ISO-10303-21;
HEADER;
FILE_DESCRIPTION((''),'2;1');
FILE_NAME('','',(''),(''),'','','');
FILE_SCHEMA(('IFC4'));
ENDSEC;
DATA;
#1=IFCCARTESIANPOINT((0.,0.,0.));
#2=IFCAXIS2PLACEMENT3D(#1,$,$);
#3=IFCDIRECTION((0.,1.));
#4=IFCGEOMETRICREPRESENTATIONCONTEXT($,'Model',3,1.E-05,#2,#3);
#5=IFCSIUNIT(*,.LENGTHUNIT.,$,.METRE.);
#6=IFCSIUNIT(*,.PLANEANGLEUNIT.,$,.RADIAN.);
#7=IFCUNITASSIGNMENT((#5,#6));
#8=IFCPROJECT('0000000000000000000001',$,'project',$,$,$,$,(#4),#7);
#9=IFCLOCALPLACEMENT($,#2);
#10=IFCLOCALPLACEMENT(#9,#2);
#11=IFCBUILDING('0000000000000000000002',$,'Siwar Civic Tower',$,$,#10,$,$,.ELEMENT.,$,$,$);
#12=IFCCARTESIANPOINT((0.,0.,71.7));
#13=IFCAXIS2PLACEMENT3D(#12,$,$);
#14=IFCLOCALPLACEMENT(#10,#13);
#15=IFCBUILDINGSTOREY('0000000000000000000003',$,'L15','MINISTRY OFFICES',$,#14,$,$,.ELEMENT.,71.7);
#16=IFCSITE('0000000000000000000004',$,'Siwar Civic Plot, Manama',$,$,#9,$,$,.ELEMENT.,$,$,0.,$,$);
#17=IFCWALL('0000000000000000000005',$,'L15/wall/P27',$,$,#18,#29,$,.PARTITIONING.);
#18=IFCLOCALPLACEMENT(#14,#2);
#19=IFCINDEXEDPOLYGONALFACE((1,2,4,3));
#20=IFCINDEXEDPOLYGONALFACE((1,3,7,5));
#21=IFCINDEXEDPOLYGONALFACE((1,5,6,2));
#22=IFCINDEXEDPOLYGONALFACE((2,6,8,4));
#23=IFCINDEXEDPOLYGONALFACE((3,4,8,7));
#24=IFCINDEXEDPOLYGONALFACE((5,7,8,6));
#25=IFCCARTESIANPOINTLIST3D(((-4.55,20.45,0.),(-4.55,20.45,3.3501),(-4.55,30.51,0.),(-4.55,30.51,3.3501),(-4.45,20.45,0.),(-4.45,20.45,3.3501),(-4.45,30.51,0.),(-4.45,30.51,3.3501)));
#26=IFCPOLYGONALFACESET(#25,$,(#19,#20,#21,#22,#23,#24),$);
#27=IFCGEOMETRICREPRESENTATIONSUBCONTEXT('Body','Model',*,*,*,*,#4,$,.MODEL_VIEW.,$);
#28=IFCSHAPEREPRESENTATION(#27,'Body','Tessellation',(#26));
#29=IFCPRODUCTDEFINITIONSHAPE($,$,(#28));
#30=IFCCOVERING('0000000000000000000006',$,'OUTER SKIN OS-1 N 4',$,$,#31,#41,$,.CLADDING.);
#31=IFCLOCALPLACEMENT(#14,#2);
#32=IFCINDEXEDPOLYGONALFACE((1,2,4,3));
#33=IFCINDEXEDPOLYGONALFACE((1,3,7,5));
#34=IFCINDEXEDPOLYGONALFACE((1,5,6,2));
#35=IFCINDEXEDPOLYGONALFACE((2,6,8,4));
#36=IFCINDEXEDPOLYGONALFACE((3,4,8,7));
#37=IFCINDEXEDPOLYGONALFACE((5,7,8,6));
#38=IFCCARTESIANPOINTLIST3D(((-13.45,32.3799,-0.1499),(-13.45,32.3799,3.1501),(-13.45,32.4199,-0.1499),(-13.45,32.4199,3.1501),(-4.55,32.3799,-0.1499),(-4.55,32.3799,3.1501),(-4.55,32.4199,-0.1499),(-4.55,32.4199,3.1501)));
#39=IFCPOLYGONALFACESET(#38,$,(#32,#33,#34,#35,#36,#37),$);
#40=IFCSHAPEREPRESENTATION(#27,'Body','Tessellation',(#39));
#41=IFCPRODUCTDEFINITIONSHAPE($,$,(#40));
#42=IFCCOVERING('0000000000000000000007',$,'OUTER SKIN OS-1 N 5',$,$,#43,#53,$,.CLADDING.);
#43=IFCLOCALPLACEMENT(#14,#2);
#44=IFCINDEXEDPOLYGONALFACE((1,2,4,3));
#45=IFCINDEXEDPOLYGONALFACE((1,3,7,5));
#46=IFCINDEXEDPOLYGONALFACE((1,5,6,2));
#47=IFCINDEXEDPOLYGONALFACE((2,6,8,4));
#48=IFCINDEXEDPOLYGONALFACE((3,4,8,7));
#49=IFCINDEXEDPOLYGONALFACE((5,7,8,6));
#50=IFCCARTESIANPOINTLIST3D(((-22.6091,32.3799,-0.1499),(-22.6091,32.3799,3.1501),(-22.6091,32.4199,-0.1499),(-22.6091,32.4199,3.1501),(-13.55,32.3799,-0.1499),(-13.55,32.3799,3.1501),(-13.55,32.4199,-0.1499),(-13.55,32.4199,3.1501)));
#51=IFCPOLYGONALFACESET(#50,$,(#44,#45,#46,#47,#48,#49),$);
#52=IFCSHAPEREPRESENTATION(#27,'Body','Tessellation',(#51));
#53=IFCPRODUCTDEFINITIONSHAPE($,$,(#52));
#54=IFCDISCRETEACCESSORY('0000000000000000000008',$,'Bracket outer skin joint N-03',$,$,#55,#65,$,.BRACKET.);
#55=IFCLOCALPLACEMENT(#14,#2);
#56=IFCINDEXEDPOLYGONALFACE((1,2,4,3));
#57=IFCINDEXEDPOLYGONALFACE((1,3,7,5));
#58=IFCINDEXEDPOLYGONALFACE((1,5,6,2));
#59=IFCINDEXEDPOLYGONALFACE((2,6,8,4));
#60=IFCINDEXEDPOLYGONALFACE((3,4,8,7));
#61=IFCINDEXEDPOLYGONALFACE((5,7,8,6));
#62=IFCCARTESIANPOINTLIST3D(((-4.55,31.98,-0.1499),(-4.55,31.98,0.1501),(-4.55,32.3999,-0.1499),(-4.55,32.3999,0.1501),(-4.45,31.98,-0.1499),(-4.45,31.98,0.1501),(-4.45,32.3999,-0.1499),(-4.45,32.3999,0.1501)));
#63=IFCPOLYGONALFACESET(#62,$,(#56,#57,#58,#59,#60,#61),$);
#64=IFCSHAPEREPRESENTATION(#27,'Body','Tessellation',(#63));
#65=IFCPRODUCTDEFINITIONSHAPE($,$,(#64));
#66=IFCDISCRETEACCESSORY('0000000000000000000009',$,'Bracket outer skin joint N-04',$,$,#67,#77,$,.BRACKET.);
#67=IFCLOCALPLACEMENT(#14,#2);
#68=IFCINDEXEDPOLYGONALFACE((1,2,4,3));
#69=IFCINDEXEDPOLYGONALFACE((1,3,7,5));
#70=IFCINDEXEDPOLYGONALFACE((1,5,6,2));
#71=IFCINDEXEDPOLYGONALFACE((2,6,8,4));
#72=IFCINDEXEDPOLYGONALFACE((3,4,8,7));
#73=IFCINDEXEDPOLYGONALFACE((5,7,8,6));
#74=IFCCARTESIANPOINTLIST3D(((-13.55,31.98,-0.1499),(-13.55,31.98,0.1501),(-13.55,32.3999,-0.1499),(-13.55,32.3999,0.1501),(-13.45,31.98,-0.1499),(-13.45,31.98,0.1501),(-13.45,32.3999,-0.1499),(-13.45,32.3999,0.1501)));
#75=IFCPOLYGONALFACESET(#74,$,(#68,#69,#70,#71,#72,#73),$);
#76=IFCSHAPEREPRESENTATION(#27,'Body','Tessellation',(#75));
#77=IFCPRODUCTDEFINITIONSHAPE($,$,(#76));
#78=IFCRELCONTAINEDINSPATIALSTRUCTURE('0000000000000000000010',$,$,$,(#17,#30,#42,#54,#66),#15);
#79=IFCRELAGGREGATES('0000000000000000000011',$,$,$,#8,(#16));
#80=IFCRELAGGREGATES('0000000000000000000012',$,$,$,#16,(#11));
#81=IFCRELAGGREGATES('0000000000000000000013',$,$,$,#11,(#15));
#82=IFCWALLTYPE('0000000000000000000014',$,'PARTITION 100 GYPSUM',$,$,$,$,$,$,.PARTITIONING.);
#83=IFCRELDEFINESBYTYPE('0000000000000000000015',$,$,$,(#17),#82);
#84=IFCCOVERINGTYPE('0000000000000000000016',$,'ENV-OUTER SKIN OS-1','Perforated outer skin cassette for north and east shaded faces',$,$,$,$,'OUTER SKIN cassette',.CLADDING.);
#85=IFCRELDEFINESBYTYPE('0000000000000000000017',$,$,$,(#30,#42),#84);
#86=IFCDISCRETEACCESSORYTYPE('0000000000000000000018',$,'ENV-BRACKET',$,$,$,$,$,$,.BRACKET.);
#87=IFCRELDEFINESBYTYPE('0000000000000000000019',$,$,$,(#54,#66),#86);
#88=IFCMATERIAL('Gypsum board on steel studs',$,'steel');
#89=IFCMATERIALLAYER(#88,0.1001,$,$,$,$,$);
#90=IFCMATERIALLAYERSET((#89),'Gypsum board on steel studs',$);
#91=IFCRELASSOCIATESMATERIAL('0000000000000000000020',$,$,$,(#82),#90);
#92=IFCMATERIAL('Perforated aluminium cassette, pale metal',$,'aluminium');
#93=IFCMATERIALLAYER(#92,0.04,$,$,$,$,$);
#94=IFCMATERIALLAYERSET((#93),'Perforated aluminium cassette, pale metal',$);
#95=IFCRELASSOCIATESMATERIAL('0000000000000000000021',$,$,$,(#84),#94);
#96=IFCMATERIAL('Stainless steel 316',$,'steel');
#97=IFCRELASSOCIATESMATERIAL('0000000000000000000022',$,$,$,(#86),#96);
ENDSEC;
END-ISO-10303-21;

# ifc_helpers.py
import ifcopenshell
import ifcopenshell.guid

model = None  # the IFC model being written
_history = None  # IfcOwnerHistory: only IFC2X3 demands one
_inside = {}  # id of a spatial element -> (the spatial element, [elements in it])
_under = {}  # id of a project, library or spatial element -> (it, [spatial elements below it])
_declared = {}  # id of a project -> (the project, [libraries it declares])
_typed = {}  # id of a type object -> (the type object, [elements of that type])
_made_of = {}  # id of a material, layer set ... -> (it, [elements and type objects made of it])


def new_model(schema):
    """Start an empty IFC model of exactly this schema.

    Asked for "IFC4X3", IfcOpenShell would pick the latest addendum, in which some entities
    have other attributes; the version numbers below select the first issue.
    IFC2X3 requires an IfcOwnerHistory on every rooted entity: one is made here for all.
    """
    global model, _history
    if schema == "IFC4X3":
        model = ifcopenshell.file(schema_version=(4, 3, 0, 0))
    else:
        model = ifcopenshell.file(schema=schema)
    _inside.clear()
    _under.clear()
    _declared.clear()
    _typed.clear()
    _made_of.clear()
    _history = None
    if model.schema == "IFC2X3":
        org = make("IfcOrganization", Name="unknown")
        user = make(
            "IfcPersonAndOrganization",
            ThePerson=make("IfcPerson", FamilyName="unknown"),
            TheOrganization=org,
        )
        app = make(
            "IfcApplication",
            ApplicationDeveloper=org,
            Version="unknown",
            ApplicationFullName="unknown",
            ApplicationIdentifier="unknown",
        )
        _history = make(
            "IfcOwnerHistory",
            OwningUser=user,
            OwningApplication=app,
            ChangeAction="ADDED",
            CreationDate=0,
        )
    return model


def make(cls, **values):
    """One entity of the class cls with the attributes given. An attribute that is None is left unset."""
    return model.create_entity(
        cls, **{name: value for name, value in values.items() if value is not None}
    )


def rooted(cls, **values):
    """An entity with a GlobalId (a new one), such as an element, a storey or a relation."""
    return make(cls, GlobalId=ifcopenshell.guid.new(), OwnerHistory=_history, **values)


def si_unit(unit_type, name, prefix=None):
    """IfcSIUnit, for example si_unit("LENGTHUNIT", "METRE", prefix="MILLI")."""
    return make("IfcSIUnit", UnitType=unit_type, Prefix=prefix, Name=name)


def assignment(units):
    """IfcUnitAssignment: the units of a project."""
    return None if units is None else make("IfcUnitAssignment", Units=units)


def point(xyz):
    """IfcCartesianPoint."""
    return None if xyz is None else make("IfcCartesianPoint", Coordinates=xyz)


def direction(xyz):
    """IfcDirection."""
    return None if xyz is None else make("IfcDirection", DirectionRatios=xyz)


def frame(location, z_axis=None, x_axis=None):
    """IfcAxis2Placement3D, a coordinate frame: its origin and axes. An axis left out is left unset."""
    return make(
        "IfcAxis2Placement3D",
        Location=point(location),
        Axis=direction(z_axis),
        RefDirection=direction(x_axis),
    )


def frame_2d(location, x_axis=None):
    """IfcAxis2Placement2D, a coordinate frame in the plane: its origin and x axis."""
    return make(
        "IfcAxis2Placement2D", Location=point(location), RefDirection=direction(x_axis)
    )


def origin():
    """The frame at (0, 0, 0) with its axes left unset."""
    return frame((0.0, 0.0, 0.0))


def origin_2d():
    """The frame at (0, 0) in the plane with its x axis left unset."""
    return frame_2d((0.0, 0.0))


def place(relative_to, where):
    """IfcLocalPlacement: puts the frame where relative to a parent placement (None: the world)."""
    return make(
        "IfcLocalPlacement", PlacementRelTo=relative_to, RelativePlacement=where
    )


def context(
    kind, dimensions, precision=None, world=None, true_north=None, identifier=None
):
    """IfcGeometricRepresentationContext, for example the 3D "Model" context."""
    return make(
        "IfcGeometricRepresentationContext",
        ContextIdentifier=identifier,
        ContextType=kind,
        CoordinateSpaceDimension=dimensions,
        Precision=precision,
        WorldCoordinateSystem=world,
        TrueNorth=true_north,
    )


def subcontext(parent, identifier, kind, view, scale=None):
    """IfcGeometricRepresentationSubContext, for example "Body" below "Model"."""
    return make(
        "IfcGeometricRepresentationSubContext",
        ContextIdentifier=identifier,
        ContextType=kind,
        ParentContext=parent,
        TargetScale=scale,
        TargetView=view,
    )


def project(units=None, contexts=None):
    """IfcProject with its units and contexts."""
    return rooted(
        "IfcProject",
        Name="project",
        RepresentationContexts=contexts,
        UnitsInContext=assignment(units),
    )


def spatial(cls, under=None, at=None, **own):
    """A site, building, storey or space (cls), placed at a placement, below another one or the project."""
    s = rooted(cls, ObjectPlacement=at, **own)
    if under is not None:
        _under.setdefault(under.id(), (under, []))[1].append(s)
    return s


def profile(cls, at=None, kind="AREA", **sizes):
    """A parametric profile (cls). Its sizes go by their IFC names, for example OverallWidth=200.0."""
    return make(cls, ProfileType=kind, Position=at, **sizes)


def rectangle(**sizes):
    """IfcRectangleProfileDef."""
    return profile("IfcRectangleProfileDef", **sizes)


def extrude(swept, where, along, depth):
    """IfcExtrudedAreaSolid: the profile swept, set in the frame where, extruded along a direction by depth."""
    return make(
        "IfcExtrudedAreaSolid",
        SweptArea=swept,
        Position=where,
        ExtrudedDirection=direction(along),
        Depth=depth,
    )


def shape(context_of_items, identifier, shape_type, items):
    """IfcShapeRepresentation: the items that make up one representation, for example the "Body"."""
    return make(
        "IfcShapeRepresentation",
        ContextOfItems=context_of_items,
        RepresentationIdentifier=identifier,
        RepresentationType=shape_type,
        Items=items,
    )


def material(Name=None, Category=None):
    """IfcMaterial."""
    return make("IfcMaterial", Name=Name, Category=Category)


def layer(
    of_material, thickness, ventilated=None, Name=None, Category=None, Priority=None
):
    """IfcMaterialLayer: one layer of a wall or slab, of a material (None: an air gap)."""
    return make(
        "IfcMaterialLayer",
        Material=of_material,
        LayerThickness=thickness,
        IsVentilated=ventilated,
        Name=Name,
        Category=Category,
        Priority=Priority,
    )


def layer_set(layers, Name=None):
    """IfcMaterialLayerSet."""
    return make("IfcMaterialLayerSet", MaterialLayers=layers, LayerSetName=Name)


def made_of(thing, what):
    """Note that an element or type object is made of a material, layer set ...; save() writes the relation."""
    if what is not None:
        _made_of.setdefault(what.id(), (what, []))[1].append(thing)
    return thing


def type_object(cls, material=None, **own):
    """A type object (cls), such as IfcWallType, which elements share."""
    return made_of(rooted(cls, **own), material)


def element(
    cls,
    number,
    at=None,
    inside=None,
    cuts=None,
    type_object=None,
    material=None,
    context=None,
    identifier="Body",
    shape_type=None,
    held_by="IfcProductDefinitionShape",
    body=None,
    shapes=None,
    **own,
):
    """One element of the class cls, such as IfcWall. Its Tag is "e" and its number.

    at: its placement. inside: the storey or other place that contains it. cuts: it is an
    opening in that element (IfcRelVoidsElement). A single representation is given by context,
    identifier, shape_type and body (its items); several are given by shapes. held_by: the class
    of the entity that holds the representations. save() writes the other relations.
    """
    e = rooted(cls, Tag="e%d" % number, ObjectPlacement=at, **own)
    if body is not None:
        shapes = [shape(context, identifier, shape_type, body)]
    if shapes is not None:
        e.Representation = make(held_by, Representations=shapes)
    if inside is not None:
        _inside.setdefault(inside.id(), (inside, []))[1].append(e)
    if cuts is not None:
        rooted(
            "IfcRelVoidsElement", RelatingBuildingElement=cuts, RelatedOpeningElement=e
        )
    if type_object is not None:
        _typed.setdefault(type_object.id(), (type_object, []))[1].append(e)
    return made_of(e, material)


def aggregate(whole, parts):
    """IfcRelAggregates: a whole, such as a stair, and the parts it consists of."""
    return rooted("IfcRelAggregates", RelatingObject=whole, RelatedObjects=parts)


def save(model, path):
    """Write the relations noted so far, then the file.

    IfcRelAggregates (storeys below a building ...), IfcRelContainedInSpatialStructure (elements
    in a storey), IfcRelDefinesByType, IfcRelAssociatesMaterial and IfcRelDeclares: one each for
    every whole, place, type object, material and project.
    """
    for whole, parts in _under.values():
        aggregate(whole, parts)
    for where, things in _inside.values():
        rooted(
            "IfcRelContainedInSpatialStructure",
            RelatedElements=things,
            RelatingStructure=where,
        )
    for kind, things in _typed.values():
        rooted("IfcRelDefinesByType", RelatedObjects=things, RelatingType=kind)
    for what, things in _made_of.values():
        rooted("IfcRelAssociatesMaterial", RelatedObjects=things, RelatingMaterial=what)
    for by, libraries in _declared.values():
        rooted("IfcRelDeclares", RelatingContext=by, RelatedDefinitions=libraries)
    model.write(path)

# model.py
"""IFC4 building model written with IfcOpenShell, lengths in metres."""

from ifc_helpers import new_model, si_unit, direction, frame, frame_2d, origin, origin_2d, place, context, subcontext, project, spatial, rectangle, extrude, material, layer, layer_set, type_object, element, save


model = new_model("IFC4")

# Units and contexts
model_context = context("Model", 3, precision=1e-05, world=origin(), true_north=direction((0.0, 1.0)))
body_context = subcontext(model_context, "Body", "Model", "MODEL_VIEW")
ifc_project = project(units=[si_unit("LENGTHUNIT", "METRE"), si_unit("PLANEANGLEUNIT", "RADIAN")], contexts=[model_context])

# Site, building, storey
site_placement = place(None, origin())
site = spatial("IfcSite", under=ifc_project, at=site_placement, Name="Siwar Civic Plot, Manama", CompositionType="ELEMENT", RefElevation=0.0)
building_placement = place(site_placement, origin())
building = spatial("IfcBuilding", under=site, at=building_placement, Name="Siwar Civic Tower", CompositionType="ELEMENT")
storey_placement = place(building_placement, frame((0.0, 0.0, 71.7)))
storey = spatial("IfcBuildingStorey", under=building, at=storey_placement, Name="L15", Description="MINISTRY OFFICES", CompositionType="ELEMENT", Elevation=71.7)

# Wall
ifc_material_1 = material(Name="Gypsum board on steel studs", Category="steel")
ifc_layer_1 = layer(ifc_material_1, 0.1001)
ifc_layer_set_1 = layer_set([ifc_layer_1], Name="Gypsum board on steel studs")
wall_type = type_object("IfcWallType", Name="PARTITION 100 GYPSUM", PredefinedType="PARTITIONING", material=ifc_layer_set_1)
wall_1_placement = place(storey_placement, frame((-4.5, 20.45, 0.0), z_axis=(0.0, 0.0, 1.0), x_axis=(0.0, 1.0, 0.0)))
element("IfcWall", 1, at=wall_1_placement, inside=storey, type_object=wall_type, Name="L15/wall/P27", PredefinedType="PARTITIONING", context=body_context, shape_type="SweptSolid", body=[
    extrude(rectangle(XDim=10.0601, YDim=0.1001, at=frame_2d((5.03, 0.0))), origin(), (0.0, 0.0, 1.0), 3.3501),
])

# Coverings
ifc_material_2 = material(Name="Perforated aluminium cassette, pale metal", Category="aluminium")
ifc_layer_2 = layer(ifc_material_2, 0.04)
ifc_layer_set_2 = layer_set([ifc_layer_2], Name="Perforated aluminium cassette, pale metal")
covering_type = type_object("IfcCoveringType", Name="ENV-OUTER SKIN OS-1", Description="Perforated outer skin cassette for north and east shaded faces", ElementType="OUTER SKIN cassette", PredefinedType="CLADDING", material=ifc_layer_set_2)
covering_1_placement = place(storey_placement, frame((-9.0, 32.3999, -0.1499), z_axis=(0.0, 0.0, 1.0), x_axis=(-1.0, 0.0, 0.0)))
element("IfcCovering", 2, at=covering_1_placement, inside=storey, type_object=covering_type, Name="OUTER SKIN OS-1 N 4", PredefinedType="CLADDING", context=body_context, shape_type="SweptSolid", body=[
    extrude(rectangle(XDim=8.8999, YDim=0.04, at=origin_2d()), origin(), (0.0, 0.0, 1.0), 3.3),
])
covering_2_placement = place(storey_placement, frame((-18.0796, 32.3999, -0.1499), z_axis=(0.0, 0.0, 1.0), x_axis=(-1.0, 0.0, 0.0)))
element("IfcCovering", 3, at=covering_2_placement, inside=storey, type_object=covering_type, Name="OUTER SKIN OS-1 N 5", PredefinedType="CLADDING", context=body_context, shape_type="SweptSolid", body=[
    extrude(rectangle(XDim=9.0591, YDim=0.04, at=origin_2d()), origin(), (0.0, 0.0, 1.0), 3.3),
])

# Discrete accessories
ifc_material_3 = material(Name="Stainless steel 316", Category="steel")
discrete_accessory_type = type_object("IfcDiscreteAccessoryType", Name="ENV-BRACKET", PredefinedType="BRACKET", material=ifc_material_3)
for number, where, z_axis, x_axis, name in (
    (4, (-4.5, 32.1899, -0.1499), (0.0, 0.0, 1.0), (0.0, 1.0, 0.0), "Bracket outer skin joint N-03"),
    (5, (-13.5, 32.1899, -0.1499), (0.0, 0.0, 1.0), (0.0, 1.0, 0.0), "Bracket outer skin joint N-04"),
):
    element("IfcDiscreteAccessory", number, at=place(storey_placement, frame(where, z_axis=z_axis, x_axis=x_axis)), inside=storey, type_object=discrete_accessory_type, Name=name, PredefinedType="BRACKET", context=body_context, shape_type="SweptSolid", body=[
        extrude(rectangle(XDim=0.4199, YDim=0.1001, at=origin_2d()), origin(), (0.0, 0.0, 1.0), 0.3),
    ])

save(model, "model.ifc")
